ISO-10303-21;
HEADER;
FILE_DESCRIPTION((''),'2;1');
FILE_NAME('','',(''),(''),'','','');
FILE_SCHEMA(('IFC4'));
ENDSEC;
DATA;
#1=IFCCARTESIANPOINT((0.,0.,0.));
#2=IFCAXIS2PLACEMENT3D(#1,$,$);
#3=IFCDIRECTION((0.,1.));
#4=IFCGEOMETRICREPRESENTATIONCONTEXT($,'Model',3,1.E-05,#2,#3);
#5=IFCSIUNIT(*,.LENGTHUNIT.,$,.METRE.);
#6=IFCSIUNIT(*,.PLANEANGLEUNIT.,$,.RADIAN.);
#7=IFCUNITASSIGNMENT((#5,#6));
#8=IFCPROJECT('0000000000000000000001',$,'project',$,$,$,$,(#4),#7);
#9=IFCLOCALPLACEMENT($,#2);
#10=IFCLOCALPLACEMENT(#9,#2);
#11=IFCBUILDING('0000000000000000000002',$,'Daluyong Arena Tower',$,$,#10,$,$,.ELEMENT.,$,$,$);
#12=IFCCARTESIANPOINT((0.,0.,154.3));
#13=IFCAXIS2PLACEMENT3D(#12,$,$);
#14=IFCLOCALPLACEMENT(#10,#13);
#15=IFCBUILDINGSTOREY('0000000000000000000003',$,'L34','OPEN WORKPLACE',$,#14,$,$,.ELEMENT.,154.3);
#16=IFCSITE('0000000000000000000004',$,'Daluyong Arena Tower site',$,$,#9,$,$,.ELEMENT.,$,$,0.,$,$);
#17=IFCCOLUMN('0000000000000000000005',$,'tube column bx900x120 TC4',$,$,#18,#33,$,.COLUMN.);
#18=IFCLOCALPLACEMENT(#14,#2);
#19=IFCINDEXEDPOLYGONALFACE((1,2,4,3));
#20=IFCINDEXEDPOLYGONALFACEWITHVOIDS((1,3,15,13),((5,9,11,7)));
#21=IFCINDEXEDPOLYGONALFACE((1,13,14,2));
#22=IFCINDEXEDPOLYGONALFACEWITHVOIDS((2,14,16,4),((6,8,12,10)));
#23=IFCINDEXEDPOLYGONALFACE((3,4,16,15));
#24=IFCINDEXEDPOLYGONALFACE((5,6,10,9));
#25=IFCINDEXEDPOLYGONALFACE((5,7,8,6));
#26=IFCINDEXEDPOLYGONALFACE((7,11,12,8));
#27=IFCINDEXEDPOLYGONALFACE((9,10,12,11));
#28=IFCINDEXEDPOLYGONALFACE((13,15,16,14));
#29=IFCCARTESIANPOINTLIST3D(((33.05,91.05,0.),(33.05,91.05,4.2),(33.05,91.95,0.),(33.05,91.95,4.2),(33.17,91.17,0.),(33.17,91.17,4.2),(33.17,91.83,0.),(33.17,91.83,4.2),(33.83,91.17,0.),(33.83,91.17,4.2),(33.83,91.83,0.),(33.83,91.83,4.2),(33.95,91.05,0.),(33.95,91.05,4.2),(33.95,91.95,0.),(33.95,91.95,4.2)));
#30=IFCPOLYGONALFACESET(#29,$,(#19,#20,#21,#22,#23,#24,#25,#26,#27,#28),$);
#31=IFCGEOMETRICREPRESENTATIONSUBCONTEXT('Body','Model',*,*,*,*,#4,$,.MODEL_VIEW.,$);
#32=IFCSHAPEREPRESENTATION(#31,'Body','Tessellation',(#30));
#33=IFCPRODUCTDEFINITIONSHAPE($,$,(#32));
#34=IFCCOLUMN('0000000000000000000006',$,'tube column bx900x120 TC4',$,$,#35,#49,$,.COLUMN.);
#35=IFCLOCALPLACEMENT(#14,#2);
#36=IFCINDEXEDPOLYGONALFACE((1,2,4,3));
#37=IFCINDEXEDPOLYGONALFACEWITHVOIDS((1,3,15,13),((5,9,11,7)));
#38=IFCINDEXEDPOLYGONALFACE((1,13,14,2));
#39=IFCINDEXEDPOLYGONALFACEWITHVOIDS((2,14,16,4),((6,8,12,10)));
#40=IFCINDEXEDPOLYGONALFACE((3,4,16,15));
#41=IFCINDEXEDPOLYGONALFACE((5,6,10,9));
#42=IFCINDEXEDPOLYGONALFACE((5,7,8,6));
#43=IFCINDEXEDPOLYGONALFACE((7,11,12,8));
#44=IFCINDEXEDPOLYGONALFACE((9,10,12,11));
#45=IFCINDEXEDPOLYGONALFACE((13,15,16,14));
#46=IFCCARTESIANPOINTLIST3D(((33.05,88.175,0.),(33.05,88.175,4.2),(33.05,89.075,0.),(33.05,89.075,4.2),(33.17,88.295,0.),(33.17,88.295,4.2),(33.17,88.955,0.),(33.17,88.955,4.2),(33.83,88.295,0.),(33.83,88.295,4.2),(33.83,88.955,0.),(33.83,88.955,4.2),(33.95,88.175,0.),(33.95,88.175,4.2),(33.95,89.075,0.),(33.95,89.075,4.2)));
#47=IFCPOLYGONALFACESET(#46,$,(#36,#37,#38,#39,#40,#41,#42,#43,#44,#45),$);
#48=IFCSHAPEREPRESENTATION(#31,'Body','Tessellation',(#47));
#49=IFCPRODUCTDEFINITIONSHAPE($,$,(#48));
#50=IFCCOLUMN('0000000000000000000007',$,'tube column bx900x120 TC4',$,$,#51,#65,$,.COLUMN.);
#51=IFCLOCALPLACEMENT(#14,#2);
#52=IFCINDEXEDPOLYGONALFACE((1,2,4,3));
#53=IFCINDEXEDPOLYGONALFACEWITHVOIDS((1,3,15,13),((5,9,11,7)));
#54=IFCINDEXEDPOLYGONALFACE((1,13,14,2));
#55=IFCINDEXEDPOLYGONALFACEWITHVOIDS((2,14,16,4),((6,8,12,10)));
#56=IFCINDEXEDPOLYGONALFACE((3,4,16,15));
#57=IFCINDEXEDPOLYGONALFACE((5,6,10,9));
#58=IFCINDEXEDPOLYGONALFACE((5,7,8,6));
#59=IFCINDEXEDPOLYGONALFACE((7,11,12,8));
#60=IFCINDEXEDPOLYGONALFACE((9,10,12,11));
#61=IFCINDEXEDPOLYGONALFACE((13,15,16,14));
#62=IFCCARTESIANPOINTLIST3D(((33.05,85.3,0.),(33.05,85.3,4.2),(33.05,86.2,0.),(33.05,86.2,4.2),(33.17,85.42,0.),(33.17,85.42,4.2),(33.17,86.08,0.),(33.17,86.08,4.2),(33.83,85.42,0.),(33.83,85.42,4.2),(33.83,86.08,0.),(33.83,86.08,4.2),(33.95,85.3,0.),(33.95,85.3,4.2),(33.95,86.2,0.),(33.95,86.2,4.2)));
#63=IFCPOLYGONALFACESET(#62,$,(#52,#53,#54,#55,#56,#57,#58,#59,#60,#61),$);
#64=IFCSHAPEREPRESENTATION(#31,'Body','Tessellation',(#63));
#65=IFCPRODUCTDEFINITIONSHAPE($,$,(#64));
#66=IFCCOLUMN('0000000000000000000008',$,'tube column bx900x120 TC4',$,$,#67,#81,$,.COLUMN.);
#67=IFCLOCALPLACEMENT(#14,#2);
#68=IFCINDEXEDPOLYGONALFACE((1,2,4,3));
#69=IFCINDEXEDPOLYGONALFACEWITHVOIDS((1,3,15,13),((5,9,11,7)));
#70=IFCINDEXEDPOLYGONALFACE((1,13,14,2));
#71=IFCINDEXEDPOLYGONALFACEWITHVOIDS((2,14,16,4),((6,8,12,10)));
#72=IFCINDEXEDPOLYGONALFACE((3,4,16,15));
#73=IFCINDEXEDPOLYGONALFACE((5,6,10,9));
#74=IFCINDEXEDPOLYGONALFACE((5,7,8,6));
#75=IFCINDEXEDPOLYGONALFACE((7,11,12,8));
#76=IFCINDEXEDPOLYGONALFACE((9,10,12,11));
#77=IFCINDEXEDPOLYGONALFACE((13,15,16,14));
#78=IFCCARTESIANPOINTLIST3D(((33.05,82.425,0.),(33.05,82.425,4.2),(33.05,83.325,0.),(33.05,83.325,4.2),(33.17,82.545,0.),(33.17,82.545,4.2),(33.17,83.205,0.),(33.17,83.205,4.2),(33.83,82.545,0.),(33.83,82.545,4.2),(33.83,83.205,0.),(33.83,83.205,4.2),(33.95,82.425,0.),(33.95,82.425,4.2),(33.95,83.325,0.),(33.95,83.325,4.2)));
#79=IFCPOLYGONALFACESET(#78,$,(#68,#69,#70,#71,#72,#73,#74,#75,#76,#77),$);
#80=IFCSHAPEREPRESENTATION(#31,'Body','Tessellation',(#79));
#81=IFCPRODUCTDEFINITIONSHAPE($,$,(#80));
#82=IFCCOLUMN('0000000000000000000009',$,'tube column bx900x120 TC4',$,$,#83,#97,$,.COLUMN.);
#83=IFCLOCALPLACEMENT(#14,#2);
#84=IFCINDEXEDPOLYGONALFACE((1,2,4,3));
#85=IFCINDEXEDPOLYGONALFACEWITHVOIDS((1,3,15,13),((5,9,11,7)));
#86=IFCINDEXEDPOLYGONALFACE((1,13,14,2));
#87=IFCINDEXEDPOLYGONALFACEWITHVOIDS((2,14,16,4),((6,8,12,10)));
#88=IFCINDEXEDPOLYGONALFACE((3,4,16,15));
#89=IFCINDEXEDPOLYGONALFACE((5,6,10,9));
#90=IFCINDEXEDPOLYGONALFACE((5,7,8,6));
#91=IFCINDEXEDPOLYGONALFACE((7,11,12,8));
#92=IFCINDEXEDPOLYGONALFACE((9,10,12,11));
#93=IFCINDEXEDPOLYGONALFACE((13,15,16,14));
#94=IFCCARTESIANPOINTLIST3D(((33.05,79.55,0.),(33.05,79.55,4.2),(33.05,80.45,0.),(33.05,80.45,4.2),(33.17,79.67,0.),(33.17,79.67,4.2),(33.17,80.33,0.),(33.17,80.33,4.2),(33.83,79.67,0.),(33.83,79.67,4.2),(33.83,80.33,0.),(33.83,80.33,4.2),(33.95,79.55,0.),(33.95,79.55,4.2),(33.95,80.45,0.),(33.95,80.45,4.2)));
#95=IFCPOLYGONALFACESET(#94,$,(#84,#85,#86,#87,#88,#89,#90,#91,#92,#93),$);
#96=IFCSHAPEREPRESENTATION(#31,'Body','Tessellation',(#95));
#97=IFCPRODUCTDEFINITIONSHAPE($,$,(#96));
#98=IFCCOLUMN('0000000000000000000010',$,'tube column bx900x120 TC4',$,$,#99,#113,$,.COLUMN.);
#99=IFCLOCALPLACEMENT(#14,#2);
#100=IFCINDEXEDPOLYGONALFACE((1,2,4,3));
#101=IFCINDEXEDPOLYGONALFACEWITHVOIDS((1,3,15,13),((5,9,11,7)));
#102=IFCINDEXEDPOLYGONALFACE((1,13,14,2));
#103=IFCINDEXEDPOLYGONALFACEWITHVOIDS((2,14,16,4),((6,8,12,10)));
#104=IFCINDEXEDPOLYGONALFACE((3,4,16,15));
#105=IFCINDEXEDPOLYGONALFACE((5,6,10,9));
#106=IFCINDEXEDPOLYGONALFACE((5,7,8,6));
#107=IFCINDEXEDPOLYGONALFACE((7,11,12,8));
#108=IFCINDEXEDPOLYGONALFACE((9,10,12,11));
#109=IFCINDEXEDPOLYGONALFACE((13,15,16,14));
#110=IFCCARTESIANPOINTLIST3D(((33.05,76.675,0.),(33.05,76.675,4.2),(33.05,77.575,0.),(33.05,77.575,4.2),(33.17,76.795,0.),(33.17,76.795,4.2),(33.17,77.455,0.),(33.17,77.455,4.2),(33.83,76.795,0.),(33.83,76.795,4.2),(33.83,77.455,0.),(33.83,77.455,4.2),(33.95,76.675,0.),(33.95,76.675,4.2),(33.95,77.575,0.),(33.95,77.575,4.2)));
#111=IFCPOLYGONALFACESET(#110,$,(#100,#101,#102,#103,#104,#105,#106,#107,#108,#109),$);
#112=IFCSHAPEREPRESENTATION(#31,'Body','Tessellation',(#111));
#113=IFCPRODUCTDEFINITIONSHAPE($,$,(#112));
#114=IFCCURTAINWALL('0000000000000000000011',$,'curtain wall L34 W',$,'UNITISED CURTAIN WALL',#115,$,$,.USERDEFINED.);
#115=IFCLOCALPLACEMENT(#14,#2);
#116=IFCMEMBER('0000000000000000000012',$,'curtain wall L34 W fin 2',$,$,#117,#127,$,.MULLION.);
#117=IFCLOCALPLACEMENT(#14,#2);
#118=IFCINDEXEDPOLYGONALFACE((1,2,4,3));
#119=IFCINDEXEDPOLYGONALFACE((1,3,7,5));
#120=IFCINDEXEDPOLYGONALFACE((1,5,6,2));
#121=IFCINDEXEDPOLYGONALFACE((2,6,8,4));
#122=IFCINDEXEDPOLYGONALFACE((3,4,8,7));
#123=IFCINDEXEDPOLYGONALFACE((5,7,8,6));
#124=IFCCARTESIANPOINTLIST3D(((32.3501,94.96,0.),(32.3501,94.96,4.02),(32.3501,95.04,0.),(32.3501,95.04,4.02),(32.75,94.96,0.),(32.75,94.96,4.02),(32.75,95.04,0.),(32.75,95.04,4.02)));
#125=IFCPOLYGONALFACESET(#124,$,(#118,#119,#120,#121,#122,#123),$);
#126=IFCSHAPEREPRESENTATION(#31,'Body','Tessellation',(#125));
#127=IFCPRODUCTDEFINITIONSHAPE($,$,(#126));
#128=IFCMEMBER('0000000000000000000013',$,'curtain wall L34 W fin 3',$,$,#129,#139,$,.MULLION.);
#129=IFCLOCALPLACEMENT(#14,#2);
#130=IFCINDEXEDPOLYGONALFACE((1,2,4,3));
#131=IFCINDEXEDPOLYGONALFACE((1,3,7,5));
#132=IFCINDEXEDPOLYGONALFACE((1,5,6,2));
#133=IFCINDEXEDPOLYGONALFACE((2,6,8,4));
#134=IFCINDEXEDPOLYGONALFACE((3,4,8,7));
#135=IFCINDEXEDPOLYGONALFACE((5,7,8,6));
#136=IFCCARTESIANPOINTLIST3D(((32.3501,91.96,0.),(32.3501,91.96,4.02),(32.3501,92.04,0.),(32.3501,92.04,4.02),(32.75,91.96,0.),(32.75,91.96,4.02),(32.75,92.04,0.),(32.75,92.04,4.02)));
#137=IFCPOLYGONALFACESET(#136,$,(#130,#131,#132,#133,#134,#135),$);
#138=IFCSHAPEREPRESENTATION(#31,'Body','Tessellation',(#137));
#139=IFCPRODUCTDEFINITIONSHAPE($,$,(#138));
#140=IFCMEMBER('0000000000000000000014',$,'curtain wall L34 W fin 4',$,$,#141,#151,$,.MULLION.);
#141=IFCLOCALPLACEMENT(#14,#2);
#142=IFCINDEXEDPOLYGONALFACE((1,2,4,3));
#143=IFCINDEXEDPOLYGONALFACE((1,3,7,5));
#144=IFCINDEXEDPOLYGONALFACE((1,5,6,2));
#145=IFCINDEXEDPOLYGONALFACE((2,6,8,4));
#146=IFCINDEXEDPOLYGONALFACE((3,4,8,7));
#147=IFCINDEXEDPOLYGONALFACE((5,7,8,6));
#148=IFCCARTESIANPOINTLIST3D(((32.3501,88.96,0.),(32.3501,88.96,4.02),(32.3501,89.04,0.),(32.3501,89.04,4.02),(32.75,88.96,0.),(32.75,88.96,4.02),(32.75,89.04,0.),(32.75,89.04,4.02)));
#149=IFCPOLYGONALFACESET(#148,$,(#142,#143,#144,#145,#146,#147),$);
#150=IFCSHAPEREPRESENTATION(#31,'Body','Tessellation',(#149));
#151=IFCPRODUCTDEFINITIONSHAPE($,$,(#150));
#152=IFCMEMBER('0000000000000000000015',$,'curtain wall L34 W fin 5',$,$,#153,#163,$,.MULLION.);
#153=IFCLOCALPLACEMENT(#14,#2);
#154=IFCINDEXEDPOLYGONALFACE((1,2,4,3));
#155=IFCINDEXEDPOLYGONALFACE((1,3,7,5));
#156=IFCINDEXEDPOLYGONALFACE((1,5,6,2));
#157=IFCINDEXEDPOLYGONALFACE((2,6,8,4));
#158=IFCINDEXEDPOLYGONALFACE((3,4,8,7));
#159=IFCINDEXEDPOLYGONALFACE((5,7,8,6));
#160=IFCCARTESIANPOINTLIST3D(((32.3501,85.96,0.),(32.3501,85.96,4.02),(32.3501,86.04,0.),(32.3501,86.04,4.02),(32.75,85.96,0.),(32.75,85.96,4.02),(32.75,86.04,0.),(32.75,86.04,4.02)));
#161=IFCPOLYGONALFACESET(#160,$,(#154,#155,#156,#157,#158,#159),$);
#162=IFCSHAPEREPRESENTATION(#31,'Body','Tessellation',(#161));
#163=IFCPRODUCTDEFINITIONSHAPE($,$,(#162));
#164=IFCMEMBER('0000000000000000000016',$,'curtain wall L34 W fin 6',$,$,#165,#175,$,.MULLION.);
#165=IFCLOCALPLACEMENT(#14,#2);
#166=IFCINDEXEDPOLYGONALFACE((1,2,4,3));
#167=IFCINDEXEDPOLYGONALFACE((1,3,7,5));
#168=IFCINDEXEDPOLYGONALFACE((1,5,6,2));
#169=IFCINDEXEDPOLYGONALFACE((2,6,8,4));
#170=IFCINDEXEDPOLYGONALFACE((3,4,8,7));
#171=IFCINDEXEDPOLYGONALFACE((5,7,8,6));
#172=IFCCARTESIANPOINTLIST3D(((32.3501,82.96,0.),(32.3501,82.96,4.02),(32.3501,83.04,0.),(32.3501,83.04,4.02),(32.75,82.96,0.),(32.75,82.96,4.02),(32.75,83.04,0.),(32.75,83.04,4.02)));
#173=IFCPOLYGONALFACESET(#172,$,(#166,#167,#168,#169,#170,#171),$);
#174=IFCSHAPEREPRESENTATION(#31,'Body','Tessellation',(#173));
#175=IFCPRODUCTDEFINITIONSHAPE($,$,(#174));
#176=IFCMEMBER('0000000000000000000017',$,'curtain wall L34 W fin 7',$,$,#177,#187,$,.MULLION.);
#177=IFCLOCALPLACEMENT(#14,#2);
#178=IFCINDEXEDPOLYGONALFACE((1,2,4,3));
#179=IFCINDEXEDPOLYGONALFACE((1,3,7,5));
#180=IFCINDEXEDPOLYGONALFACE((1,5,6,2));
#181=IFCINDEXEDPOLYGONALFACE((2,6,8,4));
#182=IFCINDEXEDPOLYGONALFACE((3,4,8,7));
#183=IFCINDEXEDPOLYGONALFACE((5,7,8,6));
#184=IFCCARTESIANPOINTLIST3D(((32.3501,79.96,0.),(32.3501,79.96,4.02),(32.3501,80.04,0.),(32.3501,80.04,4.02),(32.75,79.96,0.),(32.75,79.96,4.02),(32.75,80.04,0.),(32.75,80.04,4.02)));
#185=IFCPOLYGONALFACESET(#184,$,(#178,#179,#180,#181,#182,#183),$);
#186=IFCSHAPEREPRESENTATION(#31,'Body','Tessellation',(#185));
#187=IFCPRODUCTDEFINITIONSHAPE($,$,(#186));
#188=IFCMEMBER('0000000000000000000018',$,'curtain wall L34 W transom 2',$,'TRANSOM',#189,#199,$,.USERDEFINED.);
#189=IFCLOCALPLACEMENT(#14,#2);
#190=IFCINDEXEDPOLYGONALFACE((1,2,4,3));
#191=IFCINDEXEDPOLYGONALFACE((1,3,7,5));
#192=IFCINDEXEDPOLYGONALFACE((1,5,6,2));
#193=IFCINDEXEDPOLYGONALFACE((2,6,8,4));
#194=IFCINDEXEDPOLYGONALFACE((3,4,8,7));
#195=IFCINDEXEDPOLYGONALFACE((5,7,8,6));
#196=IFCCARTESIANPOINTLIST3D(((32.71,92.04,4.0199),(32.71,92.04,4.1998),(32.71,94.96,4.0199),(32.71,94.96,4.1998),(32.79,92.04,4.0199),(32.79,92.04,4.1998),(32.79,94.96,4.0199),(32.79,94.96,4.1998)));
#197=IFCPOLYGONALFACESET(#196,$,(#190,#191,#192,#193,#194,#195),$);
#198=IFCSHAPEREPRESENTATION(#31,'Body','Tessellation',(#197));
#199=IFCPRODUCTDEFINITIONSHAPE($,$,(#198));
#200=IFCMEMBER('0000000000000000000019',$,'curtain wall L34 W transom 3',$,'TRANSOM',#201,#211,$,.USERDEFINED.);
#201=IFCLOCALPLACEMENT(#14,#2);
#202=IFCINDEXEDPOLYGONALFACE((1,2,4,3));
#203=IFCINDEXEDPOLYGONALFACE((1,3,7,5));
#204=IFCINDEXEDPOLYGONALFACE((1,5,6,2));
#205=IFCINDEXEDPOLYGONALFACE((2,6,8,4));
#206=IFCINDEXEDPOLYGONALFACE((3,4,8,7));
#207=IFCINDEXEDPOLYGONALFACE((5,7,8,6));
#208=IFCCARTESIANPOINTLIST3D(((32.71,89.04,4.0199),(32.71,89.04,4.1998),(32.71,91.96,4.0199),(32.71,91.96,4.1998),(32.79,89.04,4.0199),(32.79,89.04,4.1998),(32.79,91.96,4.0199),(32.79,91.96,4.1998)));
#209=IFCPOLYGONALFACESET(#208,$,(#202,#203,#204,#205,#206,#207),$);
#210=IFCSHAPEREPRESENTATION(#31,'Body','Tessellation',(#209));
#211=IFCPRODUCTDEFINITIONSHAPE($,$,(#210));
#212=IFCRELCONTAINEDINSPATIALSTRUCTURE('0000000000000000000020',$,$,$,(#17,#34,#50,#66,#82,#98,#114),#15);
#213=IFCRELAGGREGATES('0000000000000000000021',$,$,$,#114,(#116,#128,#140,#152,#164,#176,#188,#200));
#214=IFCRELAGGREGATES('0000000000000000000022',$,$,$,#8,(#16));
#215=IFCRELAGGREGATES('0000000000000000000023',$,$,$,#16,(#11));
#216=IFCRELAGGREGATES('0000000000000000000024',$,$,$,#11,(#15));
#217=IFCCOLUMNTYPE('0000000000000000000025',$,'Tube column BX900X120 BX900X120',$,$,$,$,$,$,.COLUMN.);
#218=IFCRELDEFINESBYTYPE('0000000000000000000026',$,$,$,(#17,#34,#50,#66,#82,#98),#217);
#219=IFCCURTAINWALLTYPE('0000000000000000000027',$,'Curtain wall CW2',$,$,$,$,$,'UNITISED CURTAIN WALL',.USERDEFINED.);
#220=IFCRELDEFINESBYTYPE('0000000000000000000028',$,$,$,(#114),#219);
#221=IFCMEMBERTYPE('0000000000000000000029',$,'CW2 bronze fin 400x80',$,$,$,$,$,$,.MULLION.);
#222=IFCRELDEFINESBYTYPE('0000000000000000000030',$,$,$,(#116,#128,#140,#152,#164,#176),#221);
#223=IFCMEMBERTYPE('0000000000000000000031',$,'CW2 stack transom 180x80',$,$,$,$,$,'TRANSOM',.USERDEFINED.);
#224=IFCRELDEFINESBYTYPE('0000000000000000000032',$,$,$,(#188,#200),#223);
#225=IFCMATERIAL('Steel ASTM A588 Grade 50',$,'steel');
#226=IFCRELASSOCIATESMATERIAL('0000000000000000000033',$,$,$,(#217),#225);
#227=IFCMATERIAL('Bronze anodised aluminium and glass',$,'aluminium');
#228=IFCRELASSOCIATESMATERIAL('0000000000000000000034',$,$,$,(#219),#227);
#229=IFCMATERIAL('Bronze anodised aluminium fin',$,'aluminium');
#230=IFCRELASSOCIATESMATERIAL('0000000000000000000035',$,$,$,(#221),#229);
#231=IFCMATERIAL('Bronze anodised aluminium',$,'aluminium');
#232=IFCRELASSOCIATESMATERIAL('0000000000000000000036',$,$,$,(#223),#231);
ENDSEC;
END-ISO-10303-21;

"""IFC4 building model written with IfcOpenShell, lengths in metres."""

from ifc_helpers import new_model, si_unit, direction, frame, origin, origin_2d, place, context, subcontext, project, spatial, rectangle, hollow_rectangle, extrude, material, material_profile, profile_set, type_object, element, aggregate, save


model = new_model("IFC4")

# Units and contexts
model_context = context("Model", 3, precision=1e-05, world=origin(), true_north=direction((0.0, 1.0)))
body_context = subcontext(model_context, "Body", "Model", "MODEL_VIEW")
ifc_project = project(units=[si_unit("LENGTHUNIT", "METRE"), si_unit("PLANEANGLEUNIT", "RADIAN")], contexts=[model_context])

# Site, building, storey
site_placement = place(None, origin())
site = spatial("IfcSite", under=ifc_project, at=site_placement, Name="Daluyong Arena Tower site", CompositionType="ELEMENT", RefElevation=0.0)
building_placement = place(site_placement, origin())
building = spatial("IfcBuilding", under=site, at=building_placement, Name="Daluyong Arena Tower", CompositionType="ELEMENT")
storey_placement = place(building_placement, frame((0.0, 0.0, 154.3)))
storey = spatial("IfcBuildingStorey", under=building, at=storey_placement, Name="L34", Description="OPEN WORKPLACE", CompositionType="ELEMENT", Elevation=154.3)

# Columns
ifc_material_1 = material(Name="Steel ASTM A588 Grade 50", Category="steel")
ifc_material_profile_1 = material_profile(ifc_material_1, hollow_rectangle(XDim=0.8999, YDim=0.8999, WallThickness=0.12, at=origin_2d()))
ifc_profile_set_1 = profile_set([ifc_material_profile_1], Name="Steel ASTM A588 Grade 50")
column_type = type_object("IfcColumnType", Name="Tube column BX900X120 BX900X120", PredefinedType="COLUMN", material=ifc_profile_set_1)
for number, where, z_axis, x_axis, name in (
    (1, (33.5, 91.5, 0.0), (0.0, 0.0, 1.0), (0.0, 1.0, 0.0), "tube column bx900x120 TC4"),
    (2, (33.5, 88.625, 0.0), (0.0, 0.0, 1.0), (0.0, 1.0, 0.0), "tube column bx900x120 TC4"),
    (3, (33.5, 85.75, 0.0), (0.0, 0.0, 1.0), (0.0, 1.0, 0.0), "tube column bx900x120 TC4"),
    (4, (33.5, 82.875, 0.0), (0.0, 0.0, 1.0), (0.0, 1.0, 0.0), "tube column bx900x120 TC4"),
    (5, (33.5, 80.0, 0.0), (0.0, 0.0, 1.0), (0.0, 1.0, 0.0), "tube column bx900x120 TC4"),
    (6, (33.5, 77.125, 0.0), (0.0, 0.0, 1.0), (0.0, 1.0, 0.0), "tube column bx900x120 TC4"),
):
    element("IfcColumn", number, at=place(storey_placement, frame(where, z_axis=z_axis, x_axis=x_axis)), inside=storey, type_object=column_type, Name=name, PredefinedType="COLUMN", context=body_context, shape_type="SweptSolid", body=[
        extrude(hollow_rectangle(XDim=0.8999, YDim=0.8999, WallThickness=0.12, at=origin_2d()), origin(), (0.0, 0.0, 1.0), 4.2),
    ])

# Curtain wall, members
ifc_material_2 = material(Name="Bronze anodised aluminium and glass", Category="aluminium")
curtain_wall_type = type_object("IfcCurtainWallType", Name="Curtain wall CW2", ElementType="UNITISED CURTAIN WALL", PredefinedType="USERDEFINED", material=ifc_material_2)
curtain_wall_placement = place(storey_placement, origin())
curtain_wall = element("IfcCurtainWall", 7, at=curtain_wall_placement, inside=storey, type_object=curtain_wall_type, Name="curtain wall L34 W", ObjectType="UNITISED CURTAIN WALL", PredefinedType="USERDEFINED")
ifc_material_3 = material(Name="Bronze anodised aluminium fin", Category="aluminium")
ifc_material_profile_2 = material_profile(ifc_material_3, rectangle(XDim=0.3999, YDim=0.0801, at=origin_2d()))
ifc_profile_set_2 = profile_set([ifc_material_profile_2], Name="Bronze anodised aluminium fin")
member_type_1 = type_object("IfcMemberType", Name="CW2 bronze fin 400x80", PredefinedType="MULLION", material=ifc_profile_set_2)
member_1_placement = place(storey_placement, frame((32.55, 95.0, 0.0), z_axis=(0.0, 0.0, 1.0), x_axis=(1.0, 0.0, 0.0)))
member_1 = element("IfcMember", 8, at=member_1_placement, type_object=member_type_1, Name="curtain wall L34 W fin 2", PredefinedType="MULLION", context=body_context, shape_type="SweptSolid", body=[
    extrude(rectangle(XDim=0.3999, YDim=0.0801, at=origin_2d()), origin(), (0.0, 0.0, 1.0), 4.02),
])
member_2_placement = place(storey_placement, frame((32.55, 92.0, 0.0), z_axis=(0.0, 0.0, 1.0), x_axis=(1.0, 0.0, 0.0)))
member_2 = element("IfcMember", 9, at=member_2_placement, type_object=member_type_1, Name="curtain wall L34 W fin 3", PredefinedType="MULLION", context=body_context, shape_type="SweptSolid", body=[
    extrude(rectangle(XDim=0.3999, YDim=0.0801, at=origin_2d()), origin(), (0.0, 0.0, 1.0), 4.02),
])
member_3_placement = place(storey_placement, frame((32.55, 89.0, 0.0), z_axis=(0.0, 0.0, 1.0), x_axis=(1.0, 0.0, 0.0)))
member_3 = element("IfcMember", 10, at=member_3_placement, type_object=member_type_1, Name="curtain wall L34 W fin 4", PredefinedType="MULLION", context=body_context, shape_type="SweptSolid", body=[
    extrude(rectangle(XDim=0.3999, YDim=0.0801, at=origin_2d()), origin(), (0.0, 0.0, 1.0), 4.02),
])
member_4_placement = place(storey_placement, frame((32.55, 86.0, 0.0), z_axis=(0.0, 0.0, 1.0), x_axis=(1.0, 0.0, 0.0)))
member_4 = element("IfcMember", 11, at=member_4_placement, type_object=member_type_1, Name="curtain wall L34 W fin 5", PredefinedType="MULLION", context=body_context, shape_type="SweptSolid", body=[
    extrude(rectangle(XDim=0.3999, YDim=0.0801, at=origin_2d()), origin(), (0.0, 0.0, 1.0), 4.02),
])
member_5_placement = place(storey_placement, frame((32.55, 83.0, 0.0), z_axis=(0.0, 0.0, 1.0), x_axis=(1.0, 0.0, 0.0)))
member_5 = element("IfcMember", 12, at=member_5_placement, type_object=member_type_1, Name="curtain wall L34 W fin 6", PredefinedType="MULLION", context=body_context, shape_type="SweptSolid", body=[
    extrude(rectangle(XDim=0.3999, YDim=0.0801, at=origin_2d()), origin(), (0.0, 0.0, 1.0), 4.02),
])
member_6_placement = place(storey_placement, frame((32.55, 80.0, 0.0), z_axis=(0.0, 0.0, 1.0), x_axis=(1.0, 0.0, 0.0)))
member_6 = element("IfcMember", 13, at=member_6_placement, type_object=member_type_1, Name="curtain wall L34 W fin 7", PredefinedType="MULLION", context=body_context, shape_type="SweptSolid", body=[
    extrude(rectangle(XDim=0.3999, YDim=0.0801, at=origin_2d()), origin(), (0.0, 0.0, 1.0), 4.02),
])
ifc_material_4 = material(Name="Bronze anodised aluminium", Category="aluminium")
ifc_material_profile_3 = material_profile(ifc_material_4, rectangle(XDim=0.0801, YDim=0.1799, at=origin_2d()))
ifc_profile_set_3 = profile_set([ifc_material_profile_3], Name="Bronze anodised aluminium")
member_type_2 = type_object("IfcMemberType", Name="CW2 stack transom 180x80", ElementType="TRANSOM", PredefinedType="USERDEFINED", material=ifc_profile_set_3)
member_7_placement = place(storey_placement, frame((32.75, 94.96, 4.1099), z_axis=(0.0, -1.0, 0.0), x_axis=(1.0, 0.0, 0.0)))
member_7 = element("IfcMember", 14, at=member_7_placement, type_object=member_type_2, Name="curtain wall L34 W transom 2", ObjectType="TRANSOM", PredefinedType="USERDEFINED", context=body_context, shape_type="SweptSolid", body=[
    extrude(rectangle(XDim=0.0801, YDim=0.1799, at=origin_2d()), origin(), (0.0, 0.0, 1.0), 2.9199),
])
member_8_placement = place(storey_placement, frame((32.75, 91.96, 4.1099), z_axis=(0.0, -1.0, 0.0), x_axis=(1.0, 0.0, 0.0)))
member_8 = element("IfcMember", 15, at=member_8_placement, type_object=member_type_2, Name="curtain wall L34 W transom 3", ObjectType="TRANSOM", PredefinedType="USERDEFINED", context=body_context, shape_type="SweptSolid", body=[
    extrude(rectangle(XDim=0.0801, YDim=0.1799, at=origin_2d()), origin(), (0.0, 0.0, 1.0), 2.9199),
])

aggregate(curtain_wall, [member_1, member_2, member_3, member_4, member_5, member_6, member_7, member_8])

save(model, "model.ifc")
